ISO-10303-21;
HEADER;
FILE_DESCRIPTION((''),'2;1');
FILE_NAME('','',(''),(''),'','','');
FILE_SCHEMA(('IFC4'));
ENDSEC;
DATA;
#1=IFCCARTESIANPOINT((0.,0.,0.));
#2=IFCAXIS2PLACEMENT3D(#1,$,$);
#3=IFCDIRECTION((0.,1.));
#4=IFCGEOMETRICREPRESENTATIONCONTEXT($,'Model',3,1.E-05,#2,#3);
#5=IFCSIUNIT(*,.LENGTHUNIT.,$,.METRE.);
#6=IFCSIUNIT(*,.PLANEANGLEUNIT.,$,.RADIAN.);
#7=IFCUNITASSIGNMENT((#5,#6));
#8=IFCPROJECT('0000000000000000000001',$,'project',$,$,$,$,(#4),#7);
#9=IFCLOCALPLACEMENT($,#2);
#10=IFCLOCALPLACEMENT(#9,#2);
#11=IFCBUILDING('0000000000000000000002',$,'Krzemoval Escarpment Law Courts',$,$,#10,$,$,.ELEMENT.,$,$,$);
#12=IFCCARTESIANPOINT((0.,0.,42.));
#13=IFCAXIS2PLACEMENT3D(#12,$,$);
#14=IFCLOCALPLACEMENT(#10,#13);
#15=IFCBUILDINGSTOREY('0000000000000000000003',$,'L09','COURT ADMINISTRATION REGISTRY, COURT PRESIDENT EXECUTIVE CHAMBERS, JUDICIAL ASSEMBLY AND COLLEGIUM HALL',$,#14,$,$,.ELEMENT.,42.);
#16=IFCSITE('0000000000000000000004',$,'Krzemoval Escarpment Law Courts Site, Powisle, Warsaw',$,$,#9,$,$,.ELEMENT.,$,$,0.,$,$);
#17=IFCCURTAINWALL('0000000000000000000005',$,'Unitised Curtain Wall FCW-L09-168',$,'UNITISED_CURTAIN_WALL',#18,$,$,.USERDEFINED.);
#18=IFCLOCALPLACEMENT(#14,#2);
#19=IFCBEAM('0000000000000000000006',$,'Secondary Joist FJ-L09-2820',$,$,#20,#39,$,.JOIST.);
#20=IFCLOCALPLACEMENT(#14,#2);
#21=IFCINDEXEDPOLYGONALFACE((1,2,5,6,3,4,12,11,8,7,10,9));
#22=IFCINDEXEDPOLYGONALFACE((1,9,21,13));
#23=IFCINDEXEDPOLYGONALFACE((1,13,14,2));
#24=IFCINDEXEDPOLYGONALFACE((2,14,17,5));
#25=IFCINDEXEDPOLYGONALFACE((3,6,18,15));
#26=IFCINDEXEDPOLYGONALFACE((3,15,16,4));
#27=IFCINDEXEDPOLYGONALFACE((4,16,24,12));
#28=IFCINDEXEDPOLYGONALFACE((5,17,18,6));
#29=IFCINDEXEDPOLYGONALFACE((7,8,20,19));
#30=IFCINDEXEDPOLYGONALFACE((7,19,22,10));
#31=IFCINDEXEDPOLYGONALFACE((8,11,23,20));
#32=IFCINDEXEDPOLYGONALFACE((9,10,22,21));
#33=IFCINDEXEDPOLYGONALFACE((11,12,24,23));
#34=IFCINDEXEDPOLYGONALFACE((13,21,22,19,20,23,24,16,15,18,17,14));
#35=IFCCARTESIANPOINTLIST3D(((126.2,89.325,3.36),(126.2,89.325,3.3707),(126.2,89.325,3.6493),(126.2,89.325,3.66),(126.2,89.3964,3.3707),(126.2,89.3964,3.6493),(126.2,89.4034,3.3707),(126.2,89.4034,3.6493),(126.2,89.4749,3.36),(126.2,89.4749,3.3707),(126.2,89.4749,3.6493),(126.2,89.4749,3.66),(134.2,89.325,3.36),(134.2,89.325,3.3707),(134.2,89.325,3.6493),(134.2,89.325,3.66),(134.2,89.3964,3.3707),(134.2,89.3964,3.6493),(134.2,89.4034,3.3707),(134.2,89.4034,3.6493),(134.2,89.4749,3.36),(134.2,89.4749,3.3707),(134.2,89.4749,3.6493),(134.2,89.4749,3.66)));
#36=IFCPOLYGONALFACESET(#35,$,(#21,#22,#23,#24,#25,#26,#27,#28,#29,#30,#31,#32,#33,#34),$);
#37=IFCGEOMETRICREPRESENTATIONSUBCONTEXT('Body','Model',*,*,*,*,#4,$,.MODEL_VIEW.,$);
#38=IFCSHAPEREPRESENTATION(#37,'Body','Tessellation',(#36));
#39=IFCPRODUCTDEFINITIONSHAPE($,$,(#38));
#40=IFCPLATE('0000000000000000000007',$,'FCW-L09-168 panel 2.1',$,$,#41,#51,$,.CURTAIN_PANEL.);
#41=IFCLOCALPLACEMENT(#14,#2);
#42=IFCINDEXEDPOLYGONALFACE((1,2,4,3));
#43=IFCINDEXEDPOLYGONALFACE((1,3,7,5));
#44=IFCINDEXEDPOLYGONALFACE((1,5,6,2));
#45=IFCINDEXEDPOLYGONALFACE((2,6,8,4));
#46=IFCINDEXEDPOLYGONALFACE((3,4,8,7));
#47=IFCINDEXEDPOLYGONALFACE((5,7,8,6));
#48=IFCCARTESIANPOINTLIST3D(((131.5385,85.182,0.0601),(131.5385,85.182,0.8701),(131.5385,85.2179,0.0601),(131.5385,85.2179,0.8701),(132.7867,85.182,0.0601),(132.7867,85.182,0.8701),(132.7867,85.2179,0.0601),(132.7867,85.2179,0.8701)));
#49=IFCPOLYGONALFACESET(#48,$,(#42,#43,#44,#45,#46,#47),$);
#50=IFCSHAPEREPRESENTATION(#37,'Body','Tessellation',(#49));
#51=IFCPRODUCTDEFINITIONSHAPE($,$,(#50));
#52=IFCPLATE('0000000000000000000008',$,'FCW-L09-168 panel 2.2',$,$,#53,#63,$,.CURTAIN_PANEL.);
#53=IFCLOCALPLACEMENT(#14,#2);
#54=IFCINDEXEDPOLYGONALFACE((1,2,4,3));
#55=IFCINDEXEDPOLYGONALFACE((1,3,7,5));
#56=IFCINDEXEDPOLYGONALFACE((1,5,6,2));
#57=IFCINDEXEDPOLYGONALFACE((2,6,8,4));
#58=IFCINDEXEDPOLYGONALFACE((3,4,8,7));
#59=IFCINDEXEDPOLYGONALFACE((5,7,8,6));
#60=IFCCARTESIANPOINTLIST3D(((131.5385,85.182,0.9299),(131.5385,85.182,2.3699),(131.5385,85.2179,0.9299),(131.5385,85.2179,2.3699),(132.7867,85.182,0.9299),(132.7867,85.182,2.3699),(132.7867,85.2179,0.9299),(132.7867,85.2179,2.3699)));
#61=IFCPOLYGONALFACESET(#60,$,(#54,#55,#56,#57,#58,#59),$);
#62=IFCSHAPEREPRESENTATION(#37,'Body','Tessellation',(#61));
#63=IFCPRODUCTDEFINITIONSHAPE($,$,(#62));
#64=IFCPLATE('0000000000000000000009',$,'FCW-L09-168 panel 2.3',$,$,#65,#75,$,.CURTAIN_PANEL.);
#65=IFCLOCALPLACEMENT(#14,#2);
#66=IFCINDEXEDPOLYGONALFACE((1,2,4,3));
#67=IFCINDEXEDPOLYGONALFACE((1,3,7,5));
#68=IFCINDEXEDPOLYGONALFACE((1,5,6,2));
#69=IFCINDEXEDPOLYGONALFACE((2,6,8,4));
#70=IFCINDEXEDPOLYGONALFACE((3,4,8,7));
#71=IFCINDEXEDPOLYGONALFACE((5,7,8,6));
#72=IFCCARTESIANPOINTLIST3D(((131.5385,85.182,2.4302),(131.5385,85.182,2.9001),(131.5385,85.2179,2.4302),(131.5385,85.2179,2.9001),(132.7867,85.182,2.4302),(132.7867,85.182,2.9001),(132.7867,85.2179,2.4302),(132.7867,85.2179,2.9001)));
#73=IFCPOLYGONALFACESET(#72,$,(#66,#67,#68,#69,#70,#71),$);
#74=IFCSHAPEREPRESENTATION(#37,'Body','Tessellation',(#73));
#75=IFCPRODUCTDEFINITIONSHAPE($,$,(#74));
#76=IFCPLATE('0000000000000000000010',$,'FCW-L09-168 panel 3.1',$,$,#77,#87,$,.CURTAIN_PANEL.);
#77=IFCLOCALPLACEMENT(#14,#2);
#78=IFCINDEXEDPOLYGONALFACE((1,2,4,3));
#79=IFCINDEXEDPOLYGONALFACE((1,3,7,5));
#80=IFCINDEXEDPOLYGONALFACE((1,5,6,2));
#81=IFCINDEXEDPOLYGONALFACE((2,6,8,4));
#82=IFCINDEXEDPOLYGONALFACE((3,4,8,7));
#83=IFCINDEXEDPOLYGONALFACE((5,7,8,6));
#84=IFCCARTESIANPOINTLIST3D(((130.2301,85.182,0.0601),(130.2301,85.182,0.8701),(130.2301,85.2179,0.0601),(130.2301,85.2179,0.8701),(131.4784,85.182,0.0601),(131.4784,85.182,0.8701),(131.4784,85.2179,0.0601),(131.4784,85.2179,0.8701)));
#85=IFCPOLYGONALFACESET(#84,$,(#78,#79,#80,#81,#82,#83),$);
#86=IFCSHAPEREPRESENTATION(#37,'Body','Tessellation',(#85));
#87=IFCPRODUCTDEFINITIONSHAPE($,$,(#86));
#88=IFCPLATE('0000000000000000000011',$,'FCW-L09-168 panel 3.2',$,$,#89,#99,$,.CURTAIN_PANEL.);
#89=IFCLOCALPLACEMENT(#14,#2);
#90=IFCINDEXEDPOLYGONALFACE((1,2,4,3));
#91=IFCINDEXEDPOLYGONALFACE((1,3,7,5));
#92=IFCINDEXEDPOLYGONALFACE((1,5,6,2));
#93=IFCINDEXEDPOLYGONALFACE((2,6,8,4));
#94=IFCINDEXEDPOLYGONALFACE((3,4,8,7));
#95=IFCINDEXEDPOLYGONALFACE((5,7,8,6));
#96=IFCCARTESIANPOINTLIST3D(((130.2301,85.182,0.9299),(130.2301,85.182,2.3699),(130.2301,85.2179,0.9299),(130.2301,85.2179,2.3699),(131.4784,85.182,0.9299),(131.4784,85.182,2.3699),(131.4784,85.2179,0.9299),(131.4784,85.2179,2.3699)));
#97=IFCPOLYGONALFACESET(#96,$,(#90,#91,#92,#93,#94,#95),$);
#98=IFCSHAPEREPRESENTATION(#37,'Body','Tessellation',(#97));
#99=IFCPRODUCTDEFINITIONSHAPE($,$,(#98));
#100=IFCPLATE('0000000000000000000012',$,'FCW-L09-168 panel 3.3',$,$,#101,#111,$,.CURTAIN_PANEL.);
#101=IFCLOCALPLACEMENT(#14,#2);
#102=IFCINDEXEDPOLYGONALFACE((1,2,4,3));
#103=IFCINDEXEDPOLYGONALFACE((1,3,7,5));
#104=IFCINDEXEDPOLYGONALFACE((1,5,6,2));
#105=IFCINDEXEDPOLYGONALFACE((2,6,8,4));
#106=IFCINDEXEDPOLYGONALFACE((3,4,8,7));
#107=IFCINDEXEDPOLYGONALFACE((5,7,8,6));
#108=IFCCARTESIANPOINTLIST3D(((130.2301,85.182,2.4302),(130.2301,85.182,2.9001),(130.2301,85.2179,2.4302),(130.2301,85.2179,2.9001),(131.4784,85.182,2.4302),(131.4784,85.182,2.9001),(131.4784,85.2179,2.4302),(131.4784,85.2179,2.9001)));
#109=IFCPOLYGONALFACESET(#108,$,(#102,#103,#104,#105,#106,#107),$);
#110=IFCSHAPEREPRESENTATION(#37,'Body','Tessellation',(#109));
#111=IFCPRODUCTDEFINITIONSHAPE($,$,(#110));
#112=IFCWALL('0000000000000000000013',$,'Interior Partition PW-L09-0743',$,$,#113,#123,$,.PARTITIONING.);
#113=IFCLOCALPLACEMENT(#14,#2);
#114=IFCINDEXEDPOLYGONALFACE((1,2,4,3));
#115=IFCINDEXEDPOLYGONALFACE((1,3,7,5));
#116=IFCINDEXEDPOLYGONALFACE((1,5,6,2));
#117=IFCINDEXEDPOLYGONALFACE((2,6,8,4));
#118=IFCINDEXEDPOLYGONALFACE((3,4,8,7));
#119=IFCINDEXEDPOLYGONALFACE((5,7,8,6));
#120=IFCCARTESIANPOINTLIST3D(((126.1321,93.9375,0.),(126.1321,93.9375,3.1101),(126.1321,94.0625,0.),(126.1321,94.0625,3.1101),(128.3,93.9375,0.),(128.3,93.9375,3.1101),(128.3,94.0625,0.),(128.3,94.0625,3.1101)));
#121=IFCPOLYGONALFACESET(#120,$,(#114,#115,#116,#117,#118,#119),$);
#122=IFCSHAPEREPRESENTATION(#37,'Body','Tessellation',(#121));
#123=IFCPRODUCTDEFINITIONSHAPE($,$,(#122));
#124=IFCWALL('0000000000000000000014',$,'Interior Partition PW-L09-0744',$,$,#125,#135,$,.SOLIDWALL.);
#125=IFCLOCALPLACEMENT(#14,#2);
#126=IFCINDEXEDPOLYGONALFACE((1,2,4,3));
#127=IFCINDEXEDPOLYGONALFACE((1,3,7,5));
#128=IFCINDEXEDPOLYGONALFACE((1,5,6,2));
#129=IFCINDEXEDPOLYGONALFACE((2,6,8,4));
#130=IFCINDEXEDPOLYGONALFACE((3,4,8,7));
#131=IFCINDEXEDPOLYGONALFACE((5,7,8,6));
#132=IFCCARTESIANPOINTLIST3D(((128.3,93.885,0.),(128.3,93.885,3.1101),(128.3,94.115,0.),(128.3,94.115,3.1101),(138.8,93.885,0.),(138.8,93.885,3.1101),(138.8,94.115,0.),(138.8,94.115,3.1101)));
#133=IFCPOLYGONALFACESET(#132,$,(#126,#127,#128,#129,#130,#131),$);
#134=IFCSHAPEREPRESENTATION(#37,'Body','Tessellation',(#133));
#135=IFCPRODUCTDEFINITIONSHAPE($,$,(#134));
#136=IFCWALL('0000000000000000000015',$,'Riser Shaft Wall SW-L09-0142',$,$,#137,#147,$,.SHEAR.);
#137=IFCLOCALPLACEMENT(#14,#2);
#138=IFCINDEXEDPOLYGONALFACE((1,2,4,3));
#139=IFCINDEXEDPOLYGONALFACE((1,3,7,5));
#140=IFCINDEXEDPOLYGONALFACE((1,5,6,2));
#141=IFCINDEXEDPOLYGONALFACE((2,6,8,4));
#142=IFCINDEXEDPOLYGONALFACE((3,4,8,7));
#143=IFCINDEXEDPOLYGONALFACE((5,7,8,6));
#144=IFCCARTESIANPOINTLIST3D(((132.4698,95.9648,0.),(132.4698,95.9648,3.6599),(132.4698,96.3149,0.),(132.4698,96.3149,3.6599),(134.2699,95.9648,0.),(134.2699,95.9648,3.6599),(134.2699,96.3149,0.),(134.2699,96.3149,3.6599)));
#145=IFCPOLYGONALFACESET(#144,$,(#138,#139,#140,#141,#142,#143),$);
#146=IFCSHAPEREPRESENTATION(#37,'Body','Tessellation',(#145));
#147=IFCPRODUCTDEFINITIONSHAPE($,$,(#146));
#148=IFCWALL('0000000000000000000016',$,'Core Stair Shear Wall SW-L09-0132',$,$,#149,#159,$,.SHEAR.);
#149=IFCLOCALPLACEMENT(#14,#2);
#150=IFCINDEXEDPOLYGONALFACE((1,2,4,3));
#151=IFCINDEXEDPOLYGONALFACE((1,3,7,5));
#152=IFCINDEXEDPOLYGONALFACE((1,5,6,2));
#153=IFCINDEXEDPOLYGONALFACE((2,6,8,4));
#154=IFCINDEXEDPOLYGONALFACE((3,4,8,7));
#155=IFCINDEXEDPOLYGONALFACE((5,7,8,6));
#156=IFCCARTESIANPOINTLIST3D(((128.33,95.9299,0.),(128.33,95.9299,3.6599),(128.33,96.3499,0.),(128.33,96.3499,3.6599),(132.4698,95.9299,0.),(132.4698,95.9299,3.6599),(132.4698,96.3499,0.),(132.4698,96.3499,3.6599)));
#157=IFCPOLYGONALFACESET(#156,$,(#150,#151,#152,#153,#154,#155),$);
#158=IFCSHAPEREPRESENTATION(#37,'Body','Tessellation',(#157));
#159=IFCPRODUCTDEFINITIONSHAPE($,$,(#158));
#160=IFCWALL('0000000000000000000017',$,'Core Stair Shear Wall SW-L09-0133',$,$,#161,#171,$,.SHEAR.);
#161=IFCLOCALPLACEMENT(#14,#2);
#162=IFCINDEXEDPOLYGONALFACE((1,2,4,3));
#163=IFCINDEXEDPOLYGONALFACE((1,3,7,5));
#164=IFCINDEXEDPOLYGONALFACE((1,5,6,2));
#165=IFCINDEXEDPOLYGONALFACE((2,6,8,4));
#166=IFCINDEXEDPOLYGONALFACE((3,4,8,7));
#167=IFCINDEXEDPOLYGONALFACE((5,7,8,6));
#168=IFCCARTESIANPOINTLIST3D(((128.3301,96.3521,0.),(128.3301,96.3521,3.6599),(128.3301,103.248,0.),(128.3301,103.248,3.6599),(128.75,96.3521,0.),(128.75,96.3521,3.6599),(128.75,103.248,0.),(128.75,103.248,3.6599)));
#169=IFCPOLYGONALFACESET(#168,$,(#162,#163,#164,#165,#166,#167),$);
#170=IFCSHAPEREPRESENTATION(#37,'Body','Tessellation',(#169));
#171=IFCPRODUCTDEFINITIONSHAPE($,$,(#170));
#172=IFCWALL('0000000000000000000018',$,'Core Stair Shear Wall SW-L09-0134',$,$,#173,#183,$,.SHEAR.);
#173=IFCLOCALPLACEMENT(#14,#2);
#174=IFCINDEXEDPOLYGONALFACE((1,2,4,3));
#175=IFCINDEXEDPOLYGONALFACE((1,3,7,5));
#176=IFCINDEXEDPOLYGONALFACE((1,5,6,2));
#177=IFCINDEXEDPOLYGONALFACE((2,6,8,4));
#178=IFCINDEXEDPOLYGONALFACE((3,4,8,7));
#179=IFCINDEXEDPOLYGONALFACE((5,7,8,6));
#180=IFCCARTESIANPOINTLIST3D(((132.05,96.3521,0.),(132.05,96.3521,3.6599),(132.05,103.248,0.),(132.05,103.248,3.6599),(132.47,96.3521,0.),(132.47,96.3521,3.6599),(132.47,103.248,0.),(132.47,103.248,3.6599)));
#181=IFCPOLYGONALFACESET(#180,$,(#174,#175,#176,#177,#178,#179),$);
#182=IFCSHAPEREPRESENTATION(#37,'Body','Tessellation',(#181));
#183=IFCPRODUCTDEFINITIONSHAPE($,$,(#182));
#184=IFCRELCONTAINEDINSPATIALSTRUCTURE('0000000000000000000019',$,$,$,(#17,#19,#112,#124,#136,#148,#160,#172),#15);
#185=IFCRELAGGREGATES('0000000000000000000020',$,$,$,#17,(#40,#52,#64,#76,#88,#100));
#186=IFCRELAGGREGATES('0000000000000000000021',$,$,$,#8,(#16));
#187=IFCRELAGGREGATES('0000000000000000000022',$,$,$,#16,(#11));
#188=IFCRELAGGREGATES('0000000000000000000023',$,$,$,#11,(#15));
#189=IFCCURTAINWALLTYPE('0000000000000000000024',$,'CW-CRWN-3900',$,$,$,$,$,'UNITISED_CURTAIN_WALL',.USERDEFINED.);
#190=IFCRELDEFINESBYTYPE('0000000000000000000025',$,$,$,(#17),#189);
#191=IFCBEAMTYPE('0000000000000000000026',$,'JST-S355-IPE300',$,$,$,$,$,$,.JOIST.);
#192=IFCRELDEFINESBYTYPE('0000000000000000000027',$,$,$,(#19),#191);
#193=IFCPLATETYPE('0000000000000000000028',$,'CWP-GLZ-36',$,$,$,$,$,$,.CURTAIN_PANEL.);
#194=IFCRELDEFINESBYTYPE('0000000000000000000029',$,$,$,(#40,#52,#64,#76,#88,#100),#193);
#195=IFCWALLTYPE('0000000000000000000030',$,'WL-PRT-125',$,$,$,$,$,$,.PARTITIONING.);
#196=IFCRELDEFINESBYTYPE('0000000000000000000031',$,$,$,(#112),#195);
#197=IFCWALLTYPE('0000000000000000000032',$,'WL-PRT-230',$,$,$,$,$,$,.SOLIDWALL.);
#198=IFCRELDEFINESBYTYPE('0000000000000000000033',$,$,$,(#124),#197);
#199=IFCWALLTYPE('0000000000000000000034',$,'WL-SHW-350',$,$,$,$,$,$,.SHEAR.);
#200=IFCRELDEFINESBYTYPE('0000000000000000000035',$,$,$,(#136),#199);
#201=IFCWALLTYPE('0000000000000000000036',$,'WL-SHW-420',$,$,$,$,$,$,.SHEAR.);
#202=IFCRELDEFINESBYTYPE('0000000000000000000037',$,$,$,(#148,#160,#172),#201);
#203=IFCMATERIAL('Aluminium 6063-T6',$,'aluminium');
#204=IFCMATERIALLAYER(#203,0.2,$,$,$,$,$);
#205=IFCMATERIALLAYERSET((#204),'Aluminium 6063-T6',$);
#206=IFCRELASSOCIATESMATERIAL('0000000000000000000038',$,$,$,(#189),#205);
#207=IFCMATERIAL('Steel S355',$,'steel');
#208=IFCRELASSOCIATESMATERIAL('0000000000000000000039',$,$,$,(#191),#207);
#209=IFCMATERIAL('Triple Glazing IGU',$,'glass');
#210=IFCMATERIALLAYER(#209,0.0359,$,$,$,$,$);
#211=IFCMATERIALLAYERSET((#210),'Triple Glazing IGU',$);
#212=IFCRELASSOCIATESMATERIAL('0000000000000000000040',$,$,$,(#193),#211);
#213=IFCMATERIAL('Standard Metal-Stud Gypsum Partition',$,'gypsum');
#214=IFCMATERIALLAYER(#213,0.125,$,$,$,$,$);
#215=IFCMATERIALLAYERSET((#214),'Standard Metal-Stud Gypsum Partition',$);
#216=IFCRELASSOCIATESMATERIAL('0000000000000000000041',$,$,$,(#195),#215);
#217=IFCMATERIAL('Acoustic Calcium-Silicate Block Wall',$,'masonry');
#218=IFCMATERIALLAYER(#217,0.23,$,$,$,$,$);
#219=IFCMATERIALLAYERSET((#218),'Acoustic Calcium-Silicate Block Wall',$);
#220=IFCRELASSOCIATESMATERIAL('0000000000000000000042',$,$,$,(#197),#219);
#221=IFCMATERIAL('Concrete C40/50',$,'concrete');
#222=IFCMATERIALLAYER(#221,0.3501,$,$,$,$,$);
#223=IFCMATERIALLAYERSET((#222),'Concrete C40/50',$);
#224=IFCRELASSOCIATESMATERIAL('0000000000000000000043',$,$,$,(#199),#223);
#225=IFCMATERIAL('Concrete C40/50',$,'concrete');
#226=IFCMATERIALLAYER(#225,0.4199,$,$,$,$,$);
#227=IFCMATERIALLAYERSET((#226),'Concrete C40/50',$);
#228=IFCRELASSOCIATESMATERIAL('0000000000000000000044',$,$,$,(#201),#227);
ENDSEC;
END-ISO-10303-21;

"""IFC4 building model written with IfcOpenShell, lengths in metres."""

from ifc_helpers import new_model, si_unit, direction, frame, frame_2d, origin, origin_2d, place, context, subcontext, project, spatial, rectangle, i_section, extrude, material, layer, layer_set, material_profile, profile_set, type_object, element, aggregate, save


model = new_model("IFC4")

# Units and contexts
model_context = context("Model", 3, precision=1e-05, world=origin(), true_north=direction((0.0, 1.0)))
body_context = subcontext(model_context, "Body", "Model", "MODEL_VIEW")
ifc_project = project(units=[si_unit("LENGTHUNIT", "METRE"), si_unit("PLANEANGLEUNIT", "RADIAN")], contexts=[model_context])

# Site, building, storey
site_placement = place(None, origin())
site = spatial("IfcSite", under=ifc_project, at=site_placement, Name="Krzemoval Escarpment Law Courts Site, Powisle, Warsaw", CompositionType="ELEMENT", RefElevation=0.0)
building_placement = place(site_placement, origin())
building = spatial("IfcBuilding", under=site, at=building_placement, Name="Krzemoval Escarpment Law Courts", CompositionType="ELEMENT")
storey_placement = place(building_placement, frame((0.0, 0.0, 42.0)))
storey = spatial("IfcBuildingStorey", under=building, at=storey_placement, Name="L09", Description="COURT ADMINISTRATION REGISTRY, COURT PRESIDENT EXECUTIVE CHAMBERS, JUDICIAL ASSEMBLY AND COLLEGIUM HALL", CompositionType="ELEMENT", Elevation=42.0)

# Curtain wall
ifc_material_1 = material(Name="Aluminium 6063-T6", Category="aluminium")
ifc_layer_1 = layer(ifc_material_1, 0.2)
ifc_layer_set_1 = layer_set([ifc_layer_1], Name="Aluminium 6063-T6")
curtain_wall_type = type_object("IfcCurtainWallType", Name="CW-CRWN-3900", ElementType="UNITISED_CURTAIN_WALL", PredefinedType="USERDEFINED", material=ifc_layer_set_1)
curtain_wall_placement = place(storey_placement, origin())
curtain_wall = element("IfcCurtainWall", 1, at=curtain_wall_placement, inside=storey, type_object=curtain_wall_type, Name="Unitised Curtain Wall FCW-L09-168", ObjectType="UNITISED_CURTAIN_WALL", PredefinedType="USERDEFINED")

# Beam
ifc_material_2 = material(Name="Steel S355", Category="steel")
ifc_material_profile_1 = material_profile(ifc_material_2, i_section(OverallWidth=0.1499, OverallDepth=0.3, WebThickness=0.0071, FlangeThickness=0.0107, at=origin_2d()), Name="IPE 300")
ifc_profile_set_1 = profile_set([ifc_material_profile_1], Name="Steel S355")
beam_type_1 = type_object("IfcBeamType", Name="JST-S355-IPE300", PredefinedType="JOIST", material=ifc_profile_set_1)
beam_1_placement = place(storey_placement, frame((126.2, 89.3999, 3.51), z_axis=(1.0, 0.0, 0.0), x_axis=(0.0, 1.0, 0.0)))
element("IfcBeam", 2, at=beam_1_placement, inside=storey, type_object=beam_type_1, Name="Secondary Joist FJ-L09-2820", PredefinedType="JOIST", context=body_context, shape_type="SweptSolid", body=[
    extrude(i_section(OverallWidth=0.1499, OverallDepth=0.3, WebThickness=0.0071, FlangeThickness=0.0107, at=origin_2d()), origin(), (0.0, 0.0, 1.0), 8.0),
])

# Plates
ifc_material_3 = material(Name="Triple Glazing IGU", Category="glass")
ifc_layer_2 = layer(ifc_material_3, 0.0359)
ifc_layer_set_2 = layer_set([ifc_layer_2], Name="Triple Glazing IGU")
plate_type = type_object("IfcPlateType", Name="CWP-GLZ-36", PredefinedType="CURTAIN_PANEL", material=ifc_layer_set_2)
plate_1_placement = place(storey_placement, frame((132.1626, 85.2, 0.0601), z_axis=(0.0, 0.0, 1.0), x_axis=(-1.0, 0.0, 0.0)))
plate_1 = element("IfcPlate", 3, at=plate_1_placement, type_object=plate_type, Name="FCW-L09-168 panel 2.1", PredefinedType="CURTAIN_PANEL", context=body_context, shape_type="SweptSolid", body=[
    extrude(rectangle(XDim=1.2483, YDim=0.0359, at=origin_2d()), origin(), (0.0, 0.0, 1.0), 0.8101),
])
plate_2_placement = place(storey_placement, frame((132.1626, 85.2, 0.9299), z_axis=(0.0, 0.0, 1.0), x_axis=(-1.0, 0.0, 0.0)))
plate_2 = element("IfcPlate", 4, at=plate_2_placement, type_object=plate_type, Name="FCW-L09-168 panel 2.2", PredefinedType="CURTAIN_PANEL", context=body_context, shape_type="SweptSolid", body=[
    extrude(rectangle(XDim=1.2483, YDim=0.0359, at=origin_2d()), origin(), (0.0, 0.0, 1.0), 1.4399),
])
plate_3_placement = place(storey_placement, frame((132.1626, 85.2, 2.4302), z_axis=(0.0, 0.0, 1.0), x_axis=(-1.0, 0.0, 0.0)))
plate_3 = element("IfcPlate", 5, at=plate_3_placement, type_object=plate_type, Name="FCW-L09-168 panel 2.3", PredefinedType="CURTAIN_PANEL", context=body_context, shape_type="SweptSolid", body=[
    extrude(rectangle(XDim=1.2483, YDim=0.0359, at=origin_2d()), origin(), (0.0, 0.0, 1.0), 0.47),
])
plate_4_placement = place(storey_placement, frame((130.8542, 85.2, 0.0601), z_axis=(0.0, 0.0, 1.0), x_axis=(-1.0, 0.0, 0.0)))
plate_4 = element("IfcPlate", 6, at=plate_4_placement, type_object=plate_type, Name="FCW-L09-168 panel 3.1", PredefinedType="CURTAIN_PANEL", context=body_context, shape_type="SweptSolid", body=[
    extrude(rectangle(XDim=1.2483, YDim=0.0359, at=origin_2d()), origin(), (0.0, 0.0, 1.0), 0.8101),
])
plate_5_placement = place(storey_placement, frame((130.8542, 85.2, 0.9299), z_axis=(0.0, 0.0, 1.0), x_axis=(-1.0, 0.0, 0.0)))
plate_5 = element("IfcPlate", 7, at=plate_5_placement, type_object=plate_type, Name="FCW-L09-168 panel 3.2", PredefinedType="CURTAIN_PANEL", context=body_context, shape_type="SweptSolid", body=[
    extrude(rectangle(XDim=1.2483, YDim=0.0359, at=origin_2d()), origin(), (0.0, 0.0, 1.0), 1.4399),
])
plate_6_placement = place(storey_placement, frame((130.8542, 85.2, 2.4302), z_axis=(0.0, 0.0, 1.0), x_axis=(-1.0, 0.0, 0.0)))
plate_6 = element("IfcPlate", 8, at=plate_6_placement, type_object=plate_type, Name="FCW-L09-168 panel 3.3", PredefinedType="CURTAIN_PANEL", context=body_context, shape_type="SweptSolid", body=[
    extrude(rectangle(XDim=1.2483, YDim=0.0359, at=origin_2d()), origin(), (0.0, 0.0, 1.0), 0.47),
])
aggregate(curtain_wall, [plate_1, plate_2, plate_3, plate_4, plate_5, plate_6])

# Walls
ifc_material_4 = material(Name="Standard Metal-Stud Gypsum Partition", Category="gypsum")
ifc_layer_3 = layer(ifc_material_4, 0.125)
ifc_layer_set_3 = layer_set([ifc_layer_3], Name="Standard Metal-Stud Gypsum Partition")
wall_type_1 = type_object("IfcWallType", Name="WL-PRT-125", PredefinedType="PARTITIONING", material=ifc_layer_set_3)
wall_1_placement = place(storey_placement, frame((126.1321, 94.0, 0.0), z_axis=(0.0, 0.0, 1.0), x_axis=(1.0, 0.0, 0.0)))
element("IfcWall", 9, at=wall_1_placement, inside=storey, type_object=wall_type_1, Name="Interior Partition PW-L09-0743", PredefinedType="PARTITIONING", context=body_context, shape_type="SweptSolid", body=[
    extrude(rectangle(XDim=2.168, YDim=0.125, at=frame_2d((1.084, 0.0))), origin(), (0.0, 0.0, 1.0), 3.1101),
])
ifc_material_5 = material(Name="Acoustic Calcium-Silicate Block Wall", Category="masonry")
ifc_layer_4 = layer(ifc_material_5, 0.23)
ifc_layer_set_4 = layer_set([ifc_layer_4], Name="Acoustic Calcium-Silicate Block Wall")
wall_type_2 = type_object("IfcWallType", Name="WL-PRT-230", PredefinedType="SOLIDWALL", material=ifc_layer_set_4)
wall_2_placement = place(storey_placement, frame((128.3, 94.0, 0.0), z_axis=(0.0, 0.0, 1.0), x_axis=(1.0, 0.0, 0.0)))
element("IfcWall", 10, at=wall_2_placement, inside=storey, type_object=wall_type_2, Name="Interior Partition PW-L09-0744", PredefinedType="SOLIDWALL", context=body_context, shape_type="SweptSolid", body=[
    extrude(rectangle(XDim=10.5, YDim=0.23, at=frame_2d((5.25, 0.0))), origin(), (0.0, 0.0, 1.0), 3.1101),
])
ifc_material_6 = material(Name="Concrete C40/50", Category="concrete")
ifc_layer_5 = layer(ifc_material_6, 0.3501)
ifc_layer_set_5 = layer_set([ifc_layer_5], Name="Concrete C40/50")
wall_type_3 = type_object("IfcWallType", Name="WL-SHW-350", PredefinedType="SHEAR", material=ifc_layer_set_5)
wall_3_placement = place(storey_placement, frame((132.47, 96.1399, 0.0), z_axis=(0.0, 0.0, 1.0), x_axis=(1.0, 0.0, 0.0)))
element("IfcWall", 11, at=wall_3_placement, inside=storey, type_object=wall_type_3, Name="Riser Shaft Wall SW-L09-0142", PredefinedType="SHEAR", context=body_context, shape_type="SweptSolid", body=[
    extrude(rectangle(XDim=1.8, YDim=0.3501, at=frame_2d((0.8999, 0.0))), origin(), (0.0, 0.0, 1.0), 3.6599),
])
ifc_material_7 = material(Name="Concrete C40/50", Category="concrete")
ifc_layer_6 = layer(ifc_material_7, 0.4199)
ifc_layer_set_6 = layer_set([ifc_layer_6], Name="Concrete C40/50")
wall_type_4 = type_object("IfcWallType", Name="WL-SHW-420", PredefinedType="SHEAR", material=ifc_layer_set_6)
wall_4_placement = place(storey_placement, frame((128.3301, 96.1399, 0.0), z_axis=(0.0, 0.0, 1.0), x_axis=(1.0, 0.0, 0.0)))
element("IfcWall", 12, at=wall_4_placement, inside=storey, type_object=wall_type_4, Name="Core Stair Shear Wall SW-L09-0132", PredefinedType="SHEAR", context=body_context, shape_type="SweptSolid", body=[
    extrude(rectangle(XDim=4.1399, YDim=0.4199, at=frame_2d((2.0698, 0.0))), origin(), (0.0, 0.0, 1.0), 3.6599),
])
for number, where, z_axis, x_axis, name in (
    (13, (128.54, 96.3521, 0.0), (0.0, 0.0, 1.0), (0.0, 1.0, 0.0), "Core Stair Shear Wall SW-L09-0133"),
    (14, (132.26, 96.3521, 0.0), (0.0, 0.0, 1.0), (0.0, 1.0, 0.0), "Core Stair Shear Wall SW-L09-0134"),
):
    element("IfcWall", number, at=place(storey_placement, frame(where, z_axis=z_axis, x_axis=x_axis)), inside=storey, type_object=wall_type_4, Name=name, PredefinedType="SHEAR", context=body_context, shape_type="SweptSolid", body=[
        extrude(rectangle(XDim=6.896, YDim=0.4199, at=frame_2d((3.448, 0.0))), origin(), (0.0, 0.0, 1.0), 3.6599),
    ])

save(model, "model.ifc")
